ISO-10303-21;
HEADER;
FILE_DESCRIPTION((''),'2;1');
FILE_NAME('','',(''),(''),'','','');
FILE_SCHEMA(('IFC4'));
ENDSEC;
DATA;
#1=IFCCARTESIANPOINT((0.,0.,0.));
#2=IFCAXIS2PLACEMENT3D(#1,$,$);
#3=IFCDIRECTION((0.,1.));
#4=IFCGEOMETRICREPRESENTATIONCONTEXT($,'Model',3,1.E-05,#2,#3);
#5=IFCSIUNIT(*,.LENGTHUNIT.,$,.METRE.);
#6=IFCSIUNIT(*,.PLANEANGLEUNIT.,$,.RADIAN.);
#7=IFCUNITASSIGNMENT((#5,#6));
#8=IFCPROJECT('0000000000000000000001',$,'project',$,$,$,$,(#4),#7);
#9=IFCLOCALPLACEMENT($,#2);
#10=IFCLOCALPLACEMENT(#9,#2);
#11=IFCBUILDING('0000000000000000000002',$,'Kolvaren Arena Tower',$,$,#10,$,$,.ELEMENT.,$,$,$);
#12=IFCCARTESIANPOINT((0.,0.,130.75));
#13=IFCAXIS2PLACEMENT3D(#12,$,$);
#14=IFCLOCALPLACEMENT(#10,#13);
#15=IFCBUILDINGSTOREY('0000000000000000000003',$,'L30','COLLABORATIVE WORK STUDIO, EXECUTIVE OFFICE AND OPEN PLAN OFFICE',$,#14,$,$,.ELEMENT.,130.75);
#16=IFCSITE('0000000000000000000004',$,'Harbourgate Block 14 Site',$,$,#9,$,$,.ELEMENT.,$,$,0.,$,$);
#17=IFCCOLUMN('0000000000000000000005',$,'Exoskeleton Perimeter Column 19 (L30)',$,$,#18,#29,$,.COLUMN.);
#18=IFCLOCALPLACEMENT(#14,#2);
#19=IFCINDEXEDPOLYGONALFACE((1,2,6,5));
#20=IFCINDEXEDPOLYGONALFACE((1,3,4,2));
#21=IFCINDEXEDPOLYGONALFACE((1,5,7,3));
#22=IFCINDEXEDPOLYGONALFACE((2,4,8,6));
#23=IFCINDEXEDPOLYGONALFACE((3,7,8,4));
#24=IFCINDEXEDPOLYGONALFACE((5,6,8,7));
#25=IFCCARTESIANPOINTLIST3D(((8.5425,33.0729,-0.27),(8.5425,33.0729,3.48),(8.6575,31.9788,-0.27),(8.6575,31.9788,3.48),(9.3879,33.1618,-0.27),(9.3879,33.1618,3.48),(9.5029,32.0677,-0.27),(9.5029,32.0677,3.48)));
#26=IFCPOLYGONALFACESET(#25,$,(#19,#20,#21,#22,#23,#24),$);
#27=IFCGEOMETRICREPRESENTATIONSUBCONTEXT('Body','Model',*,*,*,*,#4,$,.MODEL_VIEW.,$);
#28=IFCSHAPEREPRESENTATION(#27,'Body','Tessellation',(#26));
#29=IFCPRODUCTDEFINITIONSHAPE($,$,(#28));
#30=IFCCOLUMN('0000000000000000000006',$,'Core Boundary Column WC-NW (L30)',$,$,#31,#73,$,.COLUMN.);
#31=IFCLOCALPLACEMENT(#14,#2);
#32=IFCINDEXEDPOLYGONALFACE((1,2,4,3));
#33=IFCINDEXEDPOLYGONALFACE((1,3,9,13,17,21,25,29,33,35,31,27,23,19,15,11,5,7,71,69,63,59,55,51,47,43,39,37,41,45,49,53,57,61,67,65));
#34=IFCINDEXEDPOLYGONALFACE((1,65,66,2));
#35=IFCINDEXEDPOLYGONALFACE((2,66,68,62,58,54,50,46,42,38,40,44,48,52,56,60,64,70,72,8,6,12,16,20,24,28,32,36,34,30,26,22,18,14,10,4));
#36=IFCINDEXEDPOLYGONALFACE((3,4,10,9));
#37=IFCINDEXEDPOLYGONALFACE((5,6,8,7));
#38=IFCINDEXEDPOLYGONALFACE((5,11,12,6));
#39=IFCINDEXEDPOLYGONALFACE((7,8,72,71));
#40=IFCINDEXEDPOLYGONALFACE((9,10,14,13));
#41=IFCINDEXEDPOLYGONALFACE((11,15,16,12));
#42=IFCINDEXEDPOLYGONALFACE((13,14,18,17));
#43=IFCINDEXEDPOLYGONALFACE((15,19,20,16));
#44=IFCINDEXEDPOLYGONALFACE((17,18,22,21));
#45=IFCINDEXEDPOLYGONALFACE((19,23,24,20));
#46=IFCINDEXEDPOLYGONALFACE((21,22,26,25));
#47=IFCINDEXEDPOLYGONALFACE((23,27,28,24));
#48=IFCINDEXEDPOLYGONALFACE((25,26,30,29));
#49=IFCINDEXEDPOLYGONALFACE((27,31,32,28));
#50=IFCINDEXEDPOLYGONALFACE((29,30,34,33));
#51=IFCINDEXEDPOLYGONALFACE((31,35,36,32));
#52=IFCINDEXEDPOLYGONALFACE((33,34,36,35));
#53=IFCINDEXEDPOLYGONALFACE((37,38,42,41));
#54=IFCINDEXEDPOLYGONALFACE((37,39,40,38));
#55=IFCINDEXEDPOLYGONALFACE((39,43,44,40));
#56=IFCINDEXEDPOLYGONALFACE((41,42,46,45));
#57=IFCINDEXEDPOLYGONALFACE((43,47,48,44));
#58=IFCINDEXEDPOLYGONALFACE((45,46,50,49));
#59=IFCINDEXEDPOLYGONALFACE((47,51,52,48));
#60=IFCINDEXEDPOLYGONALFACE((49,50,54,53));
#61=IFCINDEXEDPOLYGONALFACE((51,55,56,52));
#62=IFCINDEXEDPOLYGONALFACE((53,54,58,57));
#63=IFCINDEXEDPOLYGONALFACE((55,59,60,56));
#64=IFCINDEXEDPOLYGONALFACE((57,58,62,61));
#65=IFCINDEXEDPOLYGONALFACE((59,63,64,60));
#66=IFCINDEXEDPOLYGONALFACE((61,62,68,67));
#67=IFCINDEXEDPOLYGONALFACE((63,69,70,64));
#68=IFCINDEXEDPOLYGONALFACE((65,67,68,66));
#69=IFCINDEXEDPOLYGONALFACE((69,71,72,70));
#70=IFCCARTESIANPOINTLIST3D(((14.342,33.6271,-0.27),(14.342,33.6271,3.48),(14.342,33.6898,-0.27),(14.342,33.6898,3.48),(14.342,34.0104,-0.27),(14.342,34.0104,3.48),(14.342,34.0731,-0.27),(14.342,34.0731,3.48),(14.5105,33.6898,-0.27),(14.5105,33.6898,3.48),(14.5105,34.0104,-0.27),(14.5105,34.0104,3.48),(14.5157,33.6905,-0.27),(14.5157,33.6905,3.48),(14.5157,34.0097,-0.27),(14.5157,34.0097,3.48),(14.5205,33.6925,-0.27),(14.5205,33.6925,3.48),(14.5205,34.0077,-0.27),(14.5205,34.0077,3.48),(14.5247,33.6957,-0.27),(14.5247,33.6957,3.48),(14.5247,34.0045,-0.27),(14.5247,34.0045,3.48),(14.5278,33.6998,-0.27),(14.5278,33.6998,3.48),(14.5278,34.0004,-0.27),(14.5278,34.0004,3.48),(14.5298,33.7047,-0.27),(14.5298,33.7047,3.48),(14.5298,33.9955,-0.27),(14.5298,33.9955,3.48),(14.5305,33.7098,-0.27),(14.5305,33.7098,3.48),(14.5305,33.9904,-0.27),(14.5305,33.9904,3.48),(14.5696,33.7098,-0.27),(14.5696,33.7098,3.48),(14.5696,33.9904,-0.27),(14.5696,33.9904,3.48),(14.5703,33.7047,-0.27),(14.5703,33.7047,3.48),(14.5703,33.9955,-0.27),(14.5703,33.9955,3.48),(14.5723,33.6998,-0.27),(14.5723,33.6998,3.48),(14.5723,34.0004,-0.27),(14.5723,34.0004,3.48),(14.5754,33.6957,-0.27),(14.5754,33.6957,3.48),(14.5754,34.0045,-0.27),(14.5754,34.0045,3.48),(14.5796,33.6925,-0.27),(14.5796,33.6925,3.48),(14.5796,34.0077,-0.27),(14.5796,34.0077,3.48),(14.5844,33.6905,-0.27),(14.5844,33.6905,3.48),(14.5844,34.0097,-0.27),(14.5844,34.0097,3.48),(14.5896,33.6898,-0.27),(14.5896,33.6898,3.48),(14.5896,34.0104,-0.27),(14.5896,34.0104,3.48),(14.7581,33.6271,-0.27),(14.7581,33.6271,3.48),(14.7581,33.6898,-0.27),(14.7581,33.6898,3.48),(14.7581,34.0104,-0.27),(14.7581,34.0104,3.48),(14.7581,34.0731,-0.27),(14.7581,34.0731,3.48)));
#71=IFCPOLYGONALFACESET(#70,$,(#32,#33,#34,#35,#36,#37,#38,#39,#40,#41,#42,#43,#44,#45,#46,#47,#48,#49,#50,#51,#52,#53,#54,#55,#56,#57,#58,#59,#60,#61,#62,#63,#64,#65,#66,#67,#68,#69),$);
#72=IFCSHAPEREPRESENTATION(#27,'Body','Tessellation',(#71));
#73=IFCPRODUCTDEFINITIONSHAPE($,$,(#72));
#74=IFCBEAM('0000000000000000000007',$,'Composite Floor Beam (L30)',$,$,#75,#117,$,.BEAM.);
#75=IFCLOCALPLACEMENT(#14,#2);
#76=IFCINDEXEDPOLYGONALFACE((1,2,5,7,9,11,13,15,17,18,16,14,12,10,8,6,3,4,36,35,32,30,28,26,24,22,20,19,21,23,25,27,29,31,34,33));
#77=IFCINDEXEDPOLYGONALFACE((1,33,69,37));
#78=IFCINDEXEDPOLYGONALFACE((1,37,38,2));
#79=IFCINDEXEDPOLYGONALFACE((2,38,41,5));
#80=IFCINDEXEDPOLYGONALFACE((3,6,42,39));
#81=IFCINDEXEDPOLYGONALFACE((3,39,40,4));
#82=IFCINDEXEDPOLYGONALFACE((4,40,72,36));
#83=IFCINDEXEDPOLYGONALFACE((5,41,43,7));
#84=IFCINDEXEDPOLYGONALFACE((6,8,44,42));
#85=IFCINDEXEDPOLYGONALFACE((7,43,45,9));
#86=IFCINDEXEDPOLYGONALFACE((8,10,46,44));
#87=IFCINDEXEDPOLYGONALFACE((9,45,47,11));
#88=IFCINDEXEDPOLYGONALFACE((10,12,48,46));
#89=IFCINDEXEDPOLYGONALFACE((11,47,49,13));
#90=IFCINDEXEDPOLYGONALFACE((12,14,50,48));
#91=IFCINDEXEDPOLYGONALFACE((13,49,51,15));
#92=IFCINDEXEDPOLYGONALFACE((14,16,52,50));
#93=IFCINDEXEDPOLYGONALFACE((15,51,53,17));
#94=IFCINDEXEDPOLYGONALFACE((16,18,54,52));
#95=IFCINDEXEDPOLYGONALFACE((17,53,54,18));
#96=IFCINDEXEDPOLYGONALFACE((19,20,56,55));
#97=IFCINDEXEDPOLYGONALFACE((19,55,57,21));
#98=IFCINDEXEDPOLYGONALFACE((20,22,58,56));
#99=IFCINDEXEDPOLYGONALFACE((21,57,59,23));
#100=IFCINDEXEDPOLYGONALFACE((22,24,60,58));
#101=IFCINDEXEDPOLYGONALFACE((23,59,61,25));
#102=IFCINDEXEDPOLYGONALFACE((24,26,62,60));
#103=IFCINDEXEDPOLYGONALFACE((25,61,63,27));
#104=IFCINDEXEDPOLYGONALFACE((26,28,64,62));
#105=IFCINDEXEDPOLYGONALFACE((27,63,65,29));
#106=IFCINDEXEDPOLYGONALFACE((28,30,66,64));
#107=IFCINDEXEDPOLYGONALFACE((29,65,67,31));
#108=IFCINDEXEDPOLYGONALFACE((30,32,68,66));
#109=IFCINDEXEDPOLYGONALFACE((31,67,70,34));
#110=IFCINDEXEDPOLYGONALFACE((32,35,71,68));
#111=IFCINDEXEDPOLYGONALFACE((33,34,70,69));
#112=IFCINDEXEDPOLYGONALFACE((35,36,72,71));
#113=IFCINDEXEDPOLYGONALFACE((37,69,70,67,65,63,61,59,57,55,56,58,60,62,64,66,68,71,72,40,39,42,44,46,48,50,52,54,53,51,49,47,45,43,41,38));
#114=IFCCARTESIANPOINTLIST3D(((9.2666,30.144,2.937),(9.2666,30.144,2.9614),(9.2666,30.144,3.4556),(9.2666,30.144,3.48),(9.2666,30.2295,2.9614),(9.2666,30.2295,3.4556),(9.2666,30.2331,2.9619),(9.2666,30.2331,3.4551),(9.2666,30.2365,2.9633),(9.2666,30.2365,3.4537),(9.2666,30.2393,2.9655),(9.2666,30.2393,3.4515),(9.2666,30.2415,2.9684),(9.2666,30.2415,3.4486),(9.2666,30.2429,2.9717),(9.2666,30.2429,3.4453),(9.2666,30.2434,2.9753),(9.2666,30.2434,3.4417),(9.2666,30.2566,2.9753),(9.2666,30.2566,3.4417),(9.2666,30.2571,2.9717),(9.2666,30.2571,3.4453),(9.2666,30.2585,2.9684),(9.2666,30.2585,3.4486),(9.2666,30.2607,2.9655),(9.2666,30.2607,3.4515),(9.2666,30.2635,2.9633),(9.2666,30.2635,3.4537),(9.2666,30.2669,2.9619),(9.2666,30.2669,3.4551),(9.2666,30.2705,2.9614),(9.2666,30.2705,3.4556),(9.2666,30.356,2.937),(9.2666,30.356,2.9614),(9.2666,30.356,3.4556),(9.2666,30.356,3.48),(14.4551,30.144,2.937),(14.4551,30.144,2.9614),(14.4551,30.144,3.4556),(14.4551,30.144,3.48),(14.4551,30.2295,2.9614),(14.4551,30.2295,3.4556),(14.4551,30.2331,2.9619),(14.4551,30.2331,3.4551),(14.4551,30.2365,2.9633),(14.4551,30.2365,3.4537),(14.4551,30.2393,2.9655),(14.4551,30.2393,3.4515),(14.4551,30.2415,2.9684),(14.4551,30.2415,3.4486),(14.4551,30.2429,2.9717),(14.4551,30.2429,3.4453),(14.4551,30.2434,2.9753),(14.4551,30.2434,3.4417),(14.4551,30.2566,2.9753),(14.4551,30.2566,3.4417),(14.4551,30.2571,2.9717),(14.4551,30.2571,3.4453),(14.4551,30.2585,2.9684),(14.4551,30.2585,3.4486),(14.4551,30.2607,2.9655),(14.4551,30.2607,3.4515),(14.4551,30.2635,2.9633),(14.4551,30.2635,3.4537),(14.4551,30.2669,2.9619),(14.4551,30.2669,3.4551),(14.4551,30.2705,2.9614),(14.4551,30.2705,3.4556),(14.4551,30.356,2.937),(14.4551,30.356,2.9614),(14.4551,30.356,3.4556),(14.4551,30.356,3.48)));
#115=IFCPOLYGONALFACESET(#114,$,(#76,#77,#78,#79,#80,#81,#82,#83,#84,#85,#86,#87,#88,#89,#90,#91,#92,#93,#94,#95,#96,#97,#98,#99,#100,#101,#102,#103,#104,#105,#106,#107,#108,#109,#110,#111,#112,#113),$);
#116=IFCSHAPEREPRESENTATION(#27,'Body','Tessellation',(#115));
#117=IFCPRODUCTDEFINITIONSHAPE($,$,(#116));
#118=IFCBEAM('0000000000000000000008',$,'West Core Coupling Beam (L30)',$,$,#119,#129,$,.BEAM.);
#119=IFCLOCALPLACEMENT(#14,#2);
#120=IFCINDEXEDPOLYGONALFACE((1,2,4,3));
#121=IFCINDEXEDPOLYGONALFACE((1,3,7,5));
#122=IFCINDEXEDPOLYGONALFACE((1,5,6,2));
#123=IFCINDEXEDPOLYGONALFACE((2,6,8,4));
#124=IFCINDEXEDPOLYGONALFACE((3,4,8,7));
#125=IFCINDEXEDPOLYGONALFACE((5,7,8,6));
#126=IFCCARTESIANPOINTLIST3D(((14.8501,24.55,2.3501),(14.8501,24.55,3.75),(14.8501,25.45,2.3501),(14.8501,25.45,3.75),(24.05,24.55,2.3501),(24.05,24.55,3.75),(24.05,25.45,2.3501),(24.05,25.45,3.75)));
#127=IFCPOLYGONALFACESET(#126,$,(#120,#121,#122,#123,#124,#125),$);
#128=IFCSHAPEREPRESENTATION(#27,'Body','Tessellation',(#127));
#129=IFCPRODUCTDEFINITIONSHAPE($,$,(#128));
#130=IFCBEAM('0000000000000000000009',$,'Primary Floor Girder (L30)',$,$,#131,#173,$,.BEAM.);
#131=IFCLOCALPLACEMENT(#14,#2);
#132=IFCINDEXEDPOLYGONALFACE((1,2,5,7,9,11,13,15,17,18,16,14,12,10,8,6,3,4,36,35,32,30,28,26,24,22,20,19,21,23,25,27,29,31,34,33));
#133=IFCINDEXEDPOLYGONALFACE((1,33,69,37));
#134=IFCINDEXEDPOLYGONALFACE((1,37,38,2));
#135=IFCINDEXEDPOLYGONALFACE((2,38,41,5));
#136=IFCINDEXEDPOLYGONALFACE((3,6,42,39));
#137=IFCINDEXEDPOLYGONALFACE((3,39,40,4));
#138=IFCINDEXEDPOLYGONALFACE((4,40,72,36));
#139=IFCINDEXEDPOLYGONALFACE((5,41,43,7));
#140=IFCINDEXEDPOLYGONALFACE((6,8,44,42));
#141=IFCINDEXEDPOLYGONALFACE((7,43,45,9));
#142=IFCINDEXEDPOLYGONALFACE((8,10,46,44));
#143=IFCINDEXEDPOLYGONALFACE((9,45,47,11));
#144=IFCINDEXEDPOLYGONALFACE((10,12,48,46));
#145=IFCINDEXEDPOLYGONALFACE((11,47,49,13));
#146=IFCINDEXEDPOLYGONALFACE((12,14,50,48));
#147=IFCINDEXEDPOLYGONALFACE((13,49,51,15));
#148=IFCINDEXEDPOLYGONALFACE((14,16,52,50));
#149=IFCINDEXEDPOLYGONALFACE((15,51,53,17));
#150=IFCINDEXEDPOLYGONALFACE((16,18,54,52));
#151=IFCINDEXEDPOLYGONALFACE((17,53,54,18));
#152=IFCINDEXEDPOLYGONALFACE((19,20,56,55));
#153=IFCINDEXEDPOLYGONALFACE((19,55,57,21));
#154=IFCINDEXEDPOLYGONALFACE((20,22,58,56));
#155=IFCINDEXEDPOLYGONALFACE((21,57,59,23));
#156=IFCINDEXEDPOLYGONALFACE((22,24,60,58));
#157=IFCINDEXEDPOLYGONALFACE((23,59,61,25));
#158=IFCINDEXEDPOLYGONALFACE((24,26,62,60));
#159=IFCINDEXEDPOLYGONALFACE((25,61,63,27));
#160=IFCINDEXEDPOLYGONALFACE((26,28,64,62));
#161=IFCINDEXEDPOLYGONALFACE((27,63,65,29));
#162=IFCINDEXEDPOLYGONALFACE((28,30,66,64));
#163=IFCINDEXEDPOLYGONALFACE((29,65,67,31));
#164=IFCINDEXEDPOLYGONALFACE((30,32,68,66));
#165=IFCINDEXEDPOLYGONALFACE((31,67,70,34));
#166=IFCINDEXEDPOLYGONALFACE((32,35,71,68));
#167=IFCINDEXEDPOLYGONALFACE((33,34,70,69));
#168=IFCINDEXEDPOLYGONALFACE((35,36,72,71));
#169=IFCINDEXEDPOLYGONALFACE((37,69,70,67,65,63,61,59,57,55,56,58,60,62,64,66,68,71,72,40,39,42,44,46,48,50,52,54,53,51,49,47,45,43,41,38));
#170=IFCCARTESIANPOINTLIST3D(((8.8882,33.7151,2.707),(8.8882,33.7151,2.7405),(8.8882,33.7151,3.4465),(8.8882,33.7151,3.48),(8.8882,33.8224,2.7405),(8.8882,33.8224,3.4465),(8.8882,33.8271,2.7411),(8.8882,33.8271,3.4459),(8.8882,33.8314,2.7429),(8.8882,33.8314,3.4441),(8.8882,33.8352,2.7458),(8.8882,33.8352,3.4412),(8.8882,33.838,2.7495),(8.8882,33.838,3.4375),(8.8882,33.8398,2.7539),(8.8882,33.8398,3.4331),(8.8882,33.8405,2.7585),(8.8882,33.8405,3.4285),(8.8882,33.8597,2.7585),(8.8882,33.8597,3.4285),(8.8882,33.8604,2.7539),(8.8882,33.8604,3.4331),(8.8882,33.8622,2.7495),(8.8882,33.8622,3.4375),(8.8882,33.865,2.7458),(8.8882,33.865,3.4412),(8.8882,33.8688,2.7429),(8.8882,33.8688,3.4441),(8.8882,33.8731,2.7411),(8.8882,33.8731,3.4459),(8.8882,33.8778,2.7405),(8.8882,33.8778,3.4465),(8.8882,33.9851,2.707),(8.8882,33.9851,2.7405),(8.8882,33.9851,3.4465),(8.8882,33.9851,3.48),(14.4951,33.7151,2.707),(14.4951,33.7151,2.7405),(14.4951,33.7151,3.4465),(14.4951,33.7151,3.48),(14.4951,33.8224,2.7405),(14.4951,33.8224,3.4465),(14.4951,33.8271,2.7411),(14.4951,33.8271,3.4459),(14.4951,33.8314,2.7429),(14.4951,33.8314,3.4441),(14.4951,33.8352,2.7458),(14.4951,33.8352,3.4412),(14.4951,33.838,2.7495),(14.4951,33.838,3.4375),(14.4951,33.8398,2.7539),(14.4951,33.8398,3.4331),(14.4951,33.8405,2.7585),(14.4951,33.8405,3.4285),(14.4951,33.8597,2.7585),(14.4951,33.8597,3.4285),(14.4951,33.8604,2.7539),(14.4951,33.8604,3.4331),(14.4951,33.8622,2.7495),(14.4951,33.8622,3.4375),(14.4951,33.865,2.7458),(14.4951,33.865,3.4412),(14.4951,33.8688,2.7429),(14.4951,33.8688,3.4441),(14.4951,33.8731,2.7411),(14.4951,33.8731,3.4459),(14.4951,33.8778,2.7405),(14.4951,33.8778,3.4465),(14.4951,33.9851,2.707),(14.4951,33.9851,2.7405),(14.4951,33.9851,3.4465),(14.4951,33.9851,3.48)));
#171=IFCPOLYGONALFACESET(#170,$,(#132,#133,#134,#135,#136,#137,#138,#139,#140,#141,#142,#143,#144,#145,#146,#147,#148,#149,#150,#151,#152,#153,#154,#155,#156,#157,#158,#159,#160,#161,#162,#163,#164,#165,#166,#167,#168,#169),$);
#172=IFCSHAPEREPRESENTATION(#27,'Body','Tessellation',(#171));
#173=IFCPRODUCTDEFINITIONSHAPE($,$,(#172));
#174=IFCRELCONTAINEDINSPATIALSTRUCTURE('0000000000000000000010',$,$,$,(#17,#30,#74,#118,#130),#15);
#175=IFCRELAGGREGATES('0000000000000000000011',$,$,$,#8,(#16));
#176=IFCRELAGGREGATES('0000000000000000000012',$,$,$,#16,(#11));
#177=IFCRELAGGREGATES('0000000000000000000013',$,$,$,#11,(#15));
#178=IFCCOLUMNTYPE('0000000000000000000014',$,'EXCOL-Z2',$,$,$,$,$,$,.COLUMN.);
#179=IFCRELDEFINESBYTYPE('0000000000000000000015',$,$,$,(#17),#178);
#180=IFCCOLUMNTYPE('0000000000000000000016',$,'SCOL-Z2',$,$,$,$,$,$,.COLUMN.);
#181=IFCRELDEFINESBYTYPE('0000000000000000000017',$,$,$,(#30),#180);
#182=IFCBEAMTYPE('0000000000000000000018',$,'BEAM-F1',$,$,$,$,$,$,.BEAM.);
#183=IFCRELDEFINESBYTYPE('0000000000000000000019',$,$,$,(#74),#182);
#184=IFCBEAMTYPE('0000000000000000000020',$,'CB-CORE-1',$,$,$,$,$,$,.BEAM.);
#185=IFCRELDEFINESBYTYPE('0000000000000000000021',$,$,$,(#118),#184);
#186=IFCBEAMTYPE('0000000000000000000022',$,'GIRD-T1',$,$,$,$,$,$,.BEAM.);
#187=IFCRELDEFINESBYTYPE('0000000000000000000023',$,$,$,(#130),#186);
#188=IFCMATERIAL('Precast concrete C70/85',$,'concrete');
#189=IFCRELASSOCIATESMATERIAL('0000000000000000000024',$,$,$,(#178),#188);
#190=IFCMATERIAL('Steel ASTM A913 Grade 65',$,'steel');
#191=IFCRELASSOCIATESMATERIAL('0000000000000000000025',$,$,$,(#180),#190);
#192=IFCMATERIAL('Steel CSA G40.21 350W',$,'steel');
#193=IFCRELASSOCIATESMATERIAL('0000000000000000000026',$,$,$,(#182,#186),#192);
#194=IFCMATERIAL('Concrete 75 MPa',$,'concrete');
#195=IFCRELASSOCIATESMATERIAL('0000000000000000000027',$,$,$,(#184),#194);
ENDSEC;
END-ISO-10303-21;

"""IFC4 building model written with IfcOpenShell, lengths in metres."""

from ifc_helpers import new_model, si_unit, direction, frame, origin, origin_2d, place, context, subcontext, project, spatial, rectangle, i_section, extrude, material, material_profile, profile_set, type_object, element, save


model = new_model("IFC4")

# Units and contexts
model_context = context("Model", 3, precision=1e-05, world=origin(), true_north=direction((0.0, 1.0)))
body_context = subcontext(model_context, "Body", "Model", "MODEL_VIEW")
ifc_project = project(units=[si_unit("LENGTHUNIT", "METRE"), si_unit("PLANEANGLEUNIT", "RADIAN")], contexts=[model_context])

# Site, building, storey
site_placement = place(None, origin())
site = spatial("IfcSite", under=ifc_project, at=site_placement, Name="Harbourgate Block 14 Site", CompositionType="ELEMENT", RefElevation=0.0)
building_placement = place(site_placement, origin())
building = spatial("IfcBuilding", under=site, at=building_placement, Name="Kolvaren Arena Tower", CompositionType="ELEMENT")
storey_placement = place(building_placement, frame((0.0, 0.0, 130.75)))
storey = spatial("IfcBuildingStorey", under=building, at=storey_placement, Name="L30", Description="COLLABORATIVE WORK STUDIO, EXECUTIVE OFFICE AND OPEN PLAN OFFICE", CompositionType="ELEMENT", Elevation=130.75)

# Columns
ifc_material_1 = material(Name="Precast concrete C70/85", Category="concrete")
ifc_material_profile_1 = material_profile(ifc_material_1, rectangle(XDim=1.1001, YDim=0.8501, at=origin_2d()), Name="RC-1100x850")
ifc_profile_set_1 = profile_set([ifc_material_profile_1], Name="Precast concrete C70/85")
column_type_1 = type_object("IfcColumnType", Name="EXCOL-Z2", PredefinedType="COLUMN", material=ifc_profile_set_1)
column_1_placement = place(storey_placement, frame((9.0227, 32.5703, -0.27), z_axis=(0.0, 0.0, 1.0), x_axis=(-0.104528, 0.994522, 0.0)))
element("IfcColumn", 1, at=column_1_placement, inside=storey, type_object=column_type_1, Name="Exoskeleton Perimeter Column 19 (L30)", PredefinedType="COLUMN", context=body_context, shape_type="SweptSolid", body=[
    extrude(rectangle(XDim=1.1001, YDim=0.8501, at=origin_2d()), origin(), (0.0, 0.0, 1.0), 3.75),
])
ifc_material_2 = material(Name="Steel ASTM A913 Grade 65", Category="steel")
ifc_material_profile_2 = material_profile(ifc_material_2, i_section(OverallWidth=0.416, OverallDepth=0.446, WebThickness=0.0391, FlangeThickness=0.0627, FilletRadius=0.02, at=origin_2d()), Name="W360x509")
ifc_profile_set_2 = profile_set([ifc_material_profile_2], Name="Steel ASTM A913 Grade 65")
column_type_2 = type_object("IfcColumnType", Name="SCOL-Z2", PredefinedType="COLUMN", material=ifc_profile_set_2)
column_2_placement = place(storey_placement, frame((14.55, 33.8501, -0.27), z_axis=(0.0, 0.0, 1.0), x_axis=(1.0, 0.0, 0.0)))
element("IfcColumn", 2, at=column_2_placement, inside=storey, type_object=column_type_2, Name="Core Boundary Column WC-NW (L30)", PredefinedType="COLUMN", context=body_context, shape_type="SweptSolid", body=[
    extrude(i_section(OverallWidth=0.416, OverallDepth=0.446, WebThickness=0.0391, FlangeThickness=0.0627, FilletRadius=0.02, at=origin_2d()), origin(), (0.0, 0.0, 1.0), 3.75),
])

# Beams
ifc_material_3 = material(Name="Steel CSA G40.21 350W", Category="steel")
ifc_material_profile_3 = material_profile(ifc_material_3, i_section(OverallWidth=0.2119, OverallDepth=0.543, WebThickness=0.0132, FlangeThickness=0.0244, FilletRadius=0.0139, at=origin_2d()), Name="W530x150")
ifc_profile_set_3 = profile_set([ifc_material_profile_3], Name="Steel CSA G40.21 350W")
beam_type_1 = type_object("IfcBeamType", Name="BEAM-F1", PredefinedType="BEAM", material=ifc_profile_set_3)
beam_1_placement = place(storey_placement, frame((9.2666, 30.25, 3.2085), z_axis=(1.0, 0.0, 0.0), x_axis=(0.0, 1.0, 0.0)))
element("IfcBeam", 3, at=beam_1_placement, inside=storey, type_object=beam_type_1, Name="Composite Floor Beam (L30)", PredefinedType="BEAM", context=body_context, shape_type="SweptSolid", body=[
    extrude(i_section(OverallWidth=0.2119, OverallDepth=0.543, WebThickness=0.0132, FlangeThickness=0.0244, FilletRadius=0.0139, at=origin_2d()), origin(), (0.0, 0.0, 1.0), 5.1885),
])
ifc_material_4 = material(Name="Concrete 75 MPa", Category="concrete")
ifc_material_profile_4 = material_profile(ifc_material_4, rectangle(XDim=0.8999, YDim=1.3999, at=origin_2d()), Name="RC-900x1400")
ifc_profile_set_4 = profile_set([ifc_material_profile_4], Name="Concrete 75 MPa")
beam_type_2 = type_object("IfcBeamType", Name="CB-CORE-1", PredefinedType="BEAM", material=ifc_profile_set_4)
beam_2_placement = place(storey_placement, frame((14.8501, 25.0, 3.05), z_axis=(1.0, 0.0, 0.0), x_axis=(0.0, 1.0, 0.0)))
element("IfcBeam", 4, at=beam_2_placement, inside=storey, type_object=beam_type_2, Name="West Core Coupling Beam (L30)", PredefinedType="BEAM", context=body_context, shape_type="SweptSolid", body=[
    extrude(rectangle(XDim=0.8999, YDim=1.3999, at=origin_2d()), origin(), (0.0, 0.0, 1.0), 9.2),
])
ifc_material_profile_5 = material_profile(ifc_material_3, i_section(OverallWidth=0.27, OverallDepth=0.7729, WebThickness=0.0193, FlangeThickness=0.0334, FilletRadius=0.0181, at=origin_2d()), Name="W760x257")
ifc_profile_set_5 = profile_set([ifc_material_profile_5], Name="Steel CSA G40.21 350W")
beam_type_3 = type_object("IfcBeamType", Name="GIRD-T1", PredefinedType="BEAM", material=ifc_profile_set_5)
beam_3_placement = place(storey_placement, frame((8.8882, 33.8501, 3.0935), z_axis=(1.0, 0.0, 0.0), x_axis=(0.0, 1.0, 0.0)))
element("IfcBeam", 5, at=beam_3_placement, inside=storey, type_object=beam_type_3, Name="Primary Floor Girder (L30)", PredefinedType="BEAM", context=body_context, shape_type="SweptSolid", body=[
    extrude(i_section(OverallWidth=0.27, OverallDepth=0.7729, WebThickness=0.0193, FlangeThickness=0.0334, FilletRadius=0.0181, at=origin_2d()), origin(), (0.0, 0.0, 1.0), 5.6069),
])

save(model, "model.ifc")
